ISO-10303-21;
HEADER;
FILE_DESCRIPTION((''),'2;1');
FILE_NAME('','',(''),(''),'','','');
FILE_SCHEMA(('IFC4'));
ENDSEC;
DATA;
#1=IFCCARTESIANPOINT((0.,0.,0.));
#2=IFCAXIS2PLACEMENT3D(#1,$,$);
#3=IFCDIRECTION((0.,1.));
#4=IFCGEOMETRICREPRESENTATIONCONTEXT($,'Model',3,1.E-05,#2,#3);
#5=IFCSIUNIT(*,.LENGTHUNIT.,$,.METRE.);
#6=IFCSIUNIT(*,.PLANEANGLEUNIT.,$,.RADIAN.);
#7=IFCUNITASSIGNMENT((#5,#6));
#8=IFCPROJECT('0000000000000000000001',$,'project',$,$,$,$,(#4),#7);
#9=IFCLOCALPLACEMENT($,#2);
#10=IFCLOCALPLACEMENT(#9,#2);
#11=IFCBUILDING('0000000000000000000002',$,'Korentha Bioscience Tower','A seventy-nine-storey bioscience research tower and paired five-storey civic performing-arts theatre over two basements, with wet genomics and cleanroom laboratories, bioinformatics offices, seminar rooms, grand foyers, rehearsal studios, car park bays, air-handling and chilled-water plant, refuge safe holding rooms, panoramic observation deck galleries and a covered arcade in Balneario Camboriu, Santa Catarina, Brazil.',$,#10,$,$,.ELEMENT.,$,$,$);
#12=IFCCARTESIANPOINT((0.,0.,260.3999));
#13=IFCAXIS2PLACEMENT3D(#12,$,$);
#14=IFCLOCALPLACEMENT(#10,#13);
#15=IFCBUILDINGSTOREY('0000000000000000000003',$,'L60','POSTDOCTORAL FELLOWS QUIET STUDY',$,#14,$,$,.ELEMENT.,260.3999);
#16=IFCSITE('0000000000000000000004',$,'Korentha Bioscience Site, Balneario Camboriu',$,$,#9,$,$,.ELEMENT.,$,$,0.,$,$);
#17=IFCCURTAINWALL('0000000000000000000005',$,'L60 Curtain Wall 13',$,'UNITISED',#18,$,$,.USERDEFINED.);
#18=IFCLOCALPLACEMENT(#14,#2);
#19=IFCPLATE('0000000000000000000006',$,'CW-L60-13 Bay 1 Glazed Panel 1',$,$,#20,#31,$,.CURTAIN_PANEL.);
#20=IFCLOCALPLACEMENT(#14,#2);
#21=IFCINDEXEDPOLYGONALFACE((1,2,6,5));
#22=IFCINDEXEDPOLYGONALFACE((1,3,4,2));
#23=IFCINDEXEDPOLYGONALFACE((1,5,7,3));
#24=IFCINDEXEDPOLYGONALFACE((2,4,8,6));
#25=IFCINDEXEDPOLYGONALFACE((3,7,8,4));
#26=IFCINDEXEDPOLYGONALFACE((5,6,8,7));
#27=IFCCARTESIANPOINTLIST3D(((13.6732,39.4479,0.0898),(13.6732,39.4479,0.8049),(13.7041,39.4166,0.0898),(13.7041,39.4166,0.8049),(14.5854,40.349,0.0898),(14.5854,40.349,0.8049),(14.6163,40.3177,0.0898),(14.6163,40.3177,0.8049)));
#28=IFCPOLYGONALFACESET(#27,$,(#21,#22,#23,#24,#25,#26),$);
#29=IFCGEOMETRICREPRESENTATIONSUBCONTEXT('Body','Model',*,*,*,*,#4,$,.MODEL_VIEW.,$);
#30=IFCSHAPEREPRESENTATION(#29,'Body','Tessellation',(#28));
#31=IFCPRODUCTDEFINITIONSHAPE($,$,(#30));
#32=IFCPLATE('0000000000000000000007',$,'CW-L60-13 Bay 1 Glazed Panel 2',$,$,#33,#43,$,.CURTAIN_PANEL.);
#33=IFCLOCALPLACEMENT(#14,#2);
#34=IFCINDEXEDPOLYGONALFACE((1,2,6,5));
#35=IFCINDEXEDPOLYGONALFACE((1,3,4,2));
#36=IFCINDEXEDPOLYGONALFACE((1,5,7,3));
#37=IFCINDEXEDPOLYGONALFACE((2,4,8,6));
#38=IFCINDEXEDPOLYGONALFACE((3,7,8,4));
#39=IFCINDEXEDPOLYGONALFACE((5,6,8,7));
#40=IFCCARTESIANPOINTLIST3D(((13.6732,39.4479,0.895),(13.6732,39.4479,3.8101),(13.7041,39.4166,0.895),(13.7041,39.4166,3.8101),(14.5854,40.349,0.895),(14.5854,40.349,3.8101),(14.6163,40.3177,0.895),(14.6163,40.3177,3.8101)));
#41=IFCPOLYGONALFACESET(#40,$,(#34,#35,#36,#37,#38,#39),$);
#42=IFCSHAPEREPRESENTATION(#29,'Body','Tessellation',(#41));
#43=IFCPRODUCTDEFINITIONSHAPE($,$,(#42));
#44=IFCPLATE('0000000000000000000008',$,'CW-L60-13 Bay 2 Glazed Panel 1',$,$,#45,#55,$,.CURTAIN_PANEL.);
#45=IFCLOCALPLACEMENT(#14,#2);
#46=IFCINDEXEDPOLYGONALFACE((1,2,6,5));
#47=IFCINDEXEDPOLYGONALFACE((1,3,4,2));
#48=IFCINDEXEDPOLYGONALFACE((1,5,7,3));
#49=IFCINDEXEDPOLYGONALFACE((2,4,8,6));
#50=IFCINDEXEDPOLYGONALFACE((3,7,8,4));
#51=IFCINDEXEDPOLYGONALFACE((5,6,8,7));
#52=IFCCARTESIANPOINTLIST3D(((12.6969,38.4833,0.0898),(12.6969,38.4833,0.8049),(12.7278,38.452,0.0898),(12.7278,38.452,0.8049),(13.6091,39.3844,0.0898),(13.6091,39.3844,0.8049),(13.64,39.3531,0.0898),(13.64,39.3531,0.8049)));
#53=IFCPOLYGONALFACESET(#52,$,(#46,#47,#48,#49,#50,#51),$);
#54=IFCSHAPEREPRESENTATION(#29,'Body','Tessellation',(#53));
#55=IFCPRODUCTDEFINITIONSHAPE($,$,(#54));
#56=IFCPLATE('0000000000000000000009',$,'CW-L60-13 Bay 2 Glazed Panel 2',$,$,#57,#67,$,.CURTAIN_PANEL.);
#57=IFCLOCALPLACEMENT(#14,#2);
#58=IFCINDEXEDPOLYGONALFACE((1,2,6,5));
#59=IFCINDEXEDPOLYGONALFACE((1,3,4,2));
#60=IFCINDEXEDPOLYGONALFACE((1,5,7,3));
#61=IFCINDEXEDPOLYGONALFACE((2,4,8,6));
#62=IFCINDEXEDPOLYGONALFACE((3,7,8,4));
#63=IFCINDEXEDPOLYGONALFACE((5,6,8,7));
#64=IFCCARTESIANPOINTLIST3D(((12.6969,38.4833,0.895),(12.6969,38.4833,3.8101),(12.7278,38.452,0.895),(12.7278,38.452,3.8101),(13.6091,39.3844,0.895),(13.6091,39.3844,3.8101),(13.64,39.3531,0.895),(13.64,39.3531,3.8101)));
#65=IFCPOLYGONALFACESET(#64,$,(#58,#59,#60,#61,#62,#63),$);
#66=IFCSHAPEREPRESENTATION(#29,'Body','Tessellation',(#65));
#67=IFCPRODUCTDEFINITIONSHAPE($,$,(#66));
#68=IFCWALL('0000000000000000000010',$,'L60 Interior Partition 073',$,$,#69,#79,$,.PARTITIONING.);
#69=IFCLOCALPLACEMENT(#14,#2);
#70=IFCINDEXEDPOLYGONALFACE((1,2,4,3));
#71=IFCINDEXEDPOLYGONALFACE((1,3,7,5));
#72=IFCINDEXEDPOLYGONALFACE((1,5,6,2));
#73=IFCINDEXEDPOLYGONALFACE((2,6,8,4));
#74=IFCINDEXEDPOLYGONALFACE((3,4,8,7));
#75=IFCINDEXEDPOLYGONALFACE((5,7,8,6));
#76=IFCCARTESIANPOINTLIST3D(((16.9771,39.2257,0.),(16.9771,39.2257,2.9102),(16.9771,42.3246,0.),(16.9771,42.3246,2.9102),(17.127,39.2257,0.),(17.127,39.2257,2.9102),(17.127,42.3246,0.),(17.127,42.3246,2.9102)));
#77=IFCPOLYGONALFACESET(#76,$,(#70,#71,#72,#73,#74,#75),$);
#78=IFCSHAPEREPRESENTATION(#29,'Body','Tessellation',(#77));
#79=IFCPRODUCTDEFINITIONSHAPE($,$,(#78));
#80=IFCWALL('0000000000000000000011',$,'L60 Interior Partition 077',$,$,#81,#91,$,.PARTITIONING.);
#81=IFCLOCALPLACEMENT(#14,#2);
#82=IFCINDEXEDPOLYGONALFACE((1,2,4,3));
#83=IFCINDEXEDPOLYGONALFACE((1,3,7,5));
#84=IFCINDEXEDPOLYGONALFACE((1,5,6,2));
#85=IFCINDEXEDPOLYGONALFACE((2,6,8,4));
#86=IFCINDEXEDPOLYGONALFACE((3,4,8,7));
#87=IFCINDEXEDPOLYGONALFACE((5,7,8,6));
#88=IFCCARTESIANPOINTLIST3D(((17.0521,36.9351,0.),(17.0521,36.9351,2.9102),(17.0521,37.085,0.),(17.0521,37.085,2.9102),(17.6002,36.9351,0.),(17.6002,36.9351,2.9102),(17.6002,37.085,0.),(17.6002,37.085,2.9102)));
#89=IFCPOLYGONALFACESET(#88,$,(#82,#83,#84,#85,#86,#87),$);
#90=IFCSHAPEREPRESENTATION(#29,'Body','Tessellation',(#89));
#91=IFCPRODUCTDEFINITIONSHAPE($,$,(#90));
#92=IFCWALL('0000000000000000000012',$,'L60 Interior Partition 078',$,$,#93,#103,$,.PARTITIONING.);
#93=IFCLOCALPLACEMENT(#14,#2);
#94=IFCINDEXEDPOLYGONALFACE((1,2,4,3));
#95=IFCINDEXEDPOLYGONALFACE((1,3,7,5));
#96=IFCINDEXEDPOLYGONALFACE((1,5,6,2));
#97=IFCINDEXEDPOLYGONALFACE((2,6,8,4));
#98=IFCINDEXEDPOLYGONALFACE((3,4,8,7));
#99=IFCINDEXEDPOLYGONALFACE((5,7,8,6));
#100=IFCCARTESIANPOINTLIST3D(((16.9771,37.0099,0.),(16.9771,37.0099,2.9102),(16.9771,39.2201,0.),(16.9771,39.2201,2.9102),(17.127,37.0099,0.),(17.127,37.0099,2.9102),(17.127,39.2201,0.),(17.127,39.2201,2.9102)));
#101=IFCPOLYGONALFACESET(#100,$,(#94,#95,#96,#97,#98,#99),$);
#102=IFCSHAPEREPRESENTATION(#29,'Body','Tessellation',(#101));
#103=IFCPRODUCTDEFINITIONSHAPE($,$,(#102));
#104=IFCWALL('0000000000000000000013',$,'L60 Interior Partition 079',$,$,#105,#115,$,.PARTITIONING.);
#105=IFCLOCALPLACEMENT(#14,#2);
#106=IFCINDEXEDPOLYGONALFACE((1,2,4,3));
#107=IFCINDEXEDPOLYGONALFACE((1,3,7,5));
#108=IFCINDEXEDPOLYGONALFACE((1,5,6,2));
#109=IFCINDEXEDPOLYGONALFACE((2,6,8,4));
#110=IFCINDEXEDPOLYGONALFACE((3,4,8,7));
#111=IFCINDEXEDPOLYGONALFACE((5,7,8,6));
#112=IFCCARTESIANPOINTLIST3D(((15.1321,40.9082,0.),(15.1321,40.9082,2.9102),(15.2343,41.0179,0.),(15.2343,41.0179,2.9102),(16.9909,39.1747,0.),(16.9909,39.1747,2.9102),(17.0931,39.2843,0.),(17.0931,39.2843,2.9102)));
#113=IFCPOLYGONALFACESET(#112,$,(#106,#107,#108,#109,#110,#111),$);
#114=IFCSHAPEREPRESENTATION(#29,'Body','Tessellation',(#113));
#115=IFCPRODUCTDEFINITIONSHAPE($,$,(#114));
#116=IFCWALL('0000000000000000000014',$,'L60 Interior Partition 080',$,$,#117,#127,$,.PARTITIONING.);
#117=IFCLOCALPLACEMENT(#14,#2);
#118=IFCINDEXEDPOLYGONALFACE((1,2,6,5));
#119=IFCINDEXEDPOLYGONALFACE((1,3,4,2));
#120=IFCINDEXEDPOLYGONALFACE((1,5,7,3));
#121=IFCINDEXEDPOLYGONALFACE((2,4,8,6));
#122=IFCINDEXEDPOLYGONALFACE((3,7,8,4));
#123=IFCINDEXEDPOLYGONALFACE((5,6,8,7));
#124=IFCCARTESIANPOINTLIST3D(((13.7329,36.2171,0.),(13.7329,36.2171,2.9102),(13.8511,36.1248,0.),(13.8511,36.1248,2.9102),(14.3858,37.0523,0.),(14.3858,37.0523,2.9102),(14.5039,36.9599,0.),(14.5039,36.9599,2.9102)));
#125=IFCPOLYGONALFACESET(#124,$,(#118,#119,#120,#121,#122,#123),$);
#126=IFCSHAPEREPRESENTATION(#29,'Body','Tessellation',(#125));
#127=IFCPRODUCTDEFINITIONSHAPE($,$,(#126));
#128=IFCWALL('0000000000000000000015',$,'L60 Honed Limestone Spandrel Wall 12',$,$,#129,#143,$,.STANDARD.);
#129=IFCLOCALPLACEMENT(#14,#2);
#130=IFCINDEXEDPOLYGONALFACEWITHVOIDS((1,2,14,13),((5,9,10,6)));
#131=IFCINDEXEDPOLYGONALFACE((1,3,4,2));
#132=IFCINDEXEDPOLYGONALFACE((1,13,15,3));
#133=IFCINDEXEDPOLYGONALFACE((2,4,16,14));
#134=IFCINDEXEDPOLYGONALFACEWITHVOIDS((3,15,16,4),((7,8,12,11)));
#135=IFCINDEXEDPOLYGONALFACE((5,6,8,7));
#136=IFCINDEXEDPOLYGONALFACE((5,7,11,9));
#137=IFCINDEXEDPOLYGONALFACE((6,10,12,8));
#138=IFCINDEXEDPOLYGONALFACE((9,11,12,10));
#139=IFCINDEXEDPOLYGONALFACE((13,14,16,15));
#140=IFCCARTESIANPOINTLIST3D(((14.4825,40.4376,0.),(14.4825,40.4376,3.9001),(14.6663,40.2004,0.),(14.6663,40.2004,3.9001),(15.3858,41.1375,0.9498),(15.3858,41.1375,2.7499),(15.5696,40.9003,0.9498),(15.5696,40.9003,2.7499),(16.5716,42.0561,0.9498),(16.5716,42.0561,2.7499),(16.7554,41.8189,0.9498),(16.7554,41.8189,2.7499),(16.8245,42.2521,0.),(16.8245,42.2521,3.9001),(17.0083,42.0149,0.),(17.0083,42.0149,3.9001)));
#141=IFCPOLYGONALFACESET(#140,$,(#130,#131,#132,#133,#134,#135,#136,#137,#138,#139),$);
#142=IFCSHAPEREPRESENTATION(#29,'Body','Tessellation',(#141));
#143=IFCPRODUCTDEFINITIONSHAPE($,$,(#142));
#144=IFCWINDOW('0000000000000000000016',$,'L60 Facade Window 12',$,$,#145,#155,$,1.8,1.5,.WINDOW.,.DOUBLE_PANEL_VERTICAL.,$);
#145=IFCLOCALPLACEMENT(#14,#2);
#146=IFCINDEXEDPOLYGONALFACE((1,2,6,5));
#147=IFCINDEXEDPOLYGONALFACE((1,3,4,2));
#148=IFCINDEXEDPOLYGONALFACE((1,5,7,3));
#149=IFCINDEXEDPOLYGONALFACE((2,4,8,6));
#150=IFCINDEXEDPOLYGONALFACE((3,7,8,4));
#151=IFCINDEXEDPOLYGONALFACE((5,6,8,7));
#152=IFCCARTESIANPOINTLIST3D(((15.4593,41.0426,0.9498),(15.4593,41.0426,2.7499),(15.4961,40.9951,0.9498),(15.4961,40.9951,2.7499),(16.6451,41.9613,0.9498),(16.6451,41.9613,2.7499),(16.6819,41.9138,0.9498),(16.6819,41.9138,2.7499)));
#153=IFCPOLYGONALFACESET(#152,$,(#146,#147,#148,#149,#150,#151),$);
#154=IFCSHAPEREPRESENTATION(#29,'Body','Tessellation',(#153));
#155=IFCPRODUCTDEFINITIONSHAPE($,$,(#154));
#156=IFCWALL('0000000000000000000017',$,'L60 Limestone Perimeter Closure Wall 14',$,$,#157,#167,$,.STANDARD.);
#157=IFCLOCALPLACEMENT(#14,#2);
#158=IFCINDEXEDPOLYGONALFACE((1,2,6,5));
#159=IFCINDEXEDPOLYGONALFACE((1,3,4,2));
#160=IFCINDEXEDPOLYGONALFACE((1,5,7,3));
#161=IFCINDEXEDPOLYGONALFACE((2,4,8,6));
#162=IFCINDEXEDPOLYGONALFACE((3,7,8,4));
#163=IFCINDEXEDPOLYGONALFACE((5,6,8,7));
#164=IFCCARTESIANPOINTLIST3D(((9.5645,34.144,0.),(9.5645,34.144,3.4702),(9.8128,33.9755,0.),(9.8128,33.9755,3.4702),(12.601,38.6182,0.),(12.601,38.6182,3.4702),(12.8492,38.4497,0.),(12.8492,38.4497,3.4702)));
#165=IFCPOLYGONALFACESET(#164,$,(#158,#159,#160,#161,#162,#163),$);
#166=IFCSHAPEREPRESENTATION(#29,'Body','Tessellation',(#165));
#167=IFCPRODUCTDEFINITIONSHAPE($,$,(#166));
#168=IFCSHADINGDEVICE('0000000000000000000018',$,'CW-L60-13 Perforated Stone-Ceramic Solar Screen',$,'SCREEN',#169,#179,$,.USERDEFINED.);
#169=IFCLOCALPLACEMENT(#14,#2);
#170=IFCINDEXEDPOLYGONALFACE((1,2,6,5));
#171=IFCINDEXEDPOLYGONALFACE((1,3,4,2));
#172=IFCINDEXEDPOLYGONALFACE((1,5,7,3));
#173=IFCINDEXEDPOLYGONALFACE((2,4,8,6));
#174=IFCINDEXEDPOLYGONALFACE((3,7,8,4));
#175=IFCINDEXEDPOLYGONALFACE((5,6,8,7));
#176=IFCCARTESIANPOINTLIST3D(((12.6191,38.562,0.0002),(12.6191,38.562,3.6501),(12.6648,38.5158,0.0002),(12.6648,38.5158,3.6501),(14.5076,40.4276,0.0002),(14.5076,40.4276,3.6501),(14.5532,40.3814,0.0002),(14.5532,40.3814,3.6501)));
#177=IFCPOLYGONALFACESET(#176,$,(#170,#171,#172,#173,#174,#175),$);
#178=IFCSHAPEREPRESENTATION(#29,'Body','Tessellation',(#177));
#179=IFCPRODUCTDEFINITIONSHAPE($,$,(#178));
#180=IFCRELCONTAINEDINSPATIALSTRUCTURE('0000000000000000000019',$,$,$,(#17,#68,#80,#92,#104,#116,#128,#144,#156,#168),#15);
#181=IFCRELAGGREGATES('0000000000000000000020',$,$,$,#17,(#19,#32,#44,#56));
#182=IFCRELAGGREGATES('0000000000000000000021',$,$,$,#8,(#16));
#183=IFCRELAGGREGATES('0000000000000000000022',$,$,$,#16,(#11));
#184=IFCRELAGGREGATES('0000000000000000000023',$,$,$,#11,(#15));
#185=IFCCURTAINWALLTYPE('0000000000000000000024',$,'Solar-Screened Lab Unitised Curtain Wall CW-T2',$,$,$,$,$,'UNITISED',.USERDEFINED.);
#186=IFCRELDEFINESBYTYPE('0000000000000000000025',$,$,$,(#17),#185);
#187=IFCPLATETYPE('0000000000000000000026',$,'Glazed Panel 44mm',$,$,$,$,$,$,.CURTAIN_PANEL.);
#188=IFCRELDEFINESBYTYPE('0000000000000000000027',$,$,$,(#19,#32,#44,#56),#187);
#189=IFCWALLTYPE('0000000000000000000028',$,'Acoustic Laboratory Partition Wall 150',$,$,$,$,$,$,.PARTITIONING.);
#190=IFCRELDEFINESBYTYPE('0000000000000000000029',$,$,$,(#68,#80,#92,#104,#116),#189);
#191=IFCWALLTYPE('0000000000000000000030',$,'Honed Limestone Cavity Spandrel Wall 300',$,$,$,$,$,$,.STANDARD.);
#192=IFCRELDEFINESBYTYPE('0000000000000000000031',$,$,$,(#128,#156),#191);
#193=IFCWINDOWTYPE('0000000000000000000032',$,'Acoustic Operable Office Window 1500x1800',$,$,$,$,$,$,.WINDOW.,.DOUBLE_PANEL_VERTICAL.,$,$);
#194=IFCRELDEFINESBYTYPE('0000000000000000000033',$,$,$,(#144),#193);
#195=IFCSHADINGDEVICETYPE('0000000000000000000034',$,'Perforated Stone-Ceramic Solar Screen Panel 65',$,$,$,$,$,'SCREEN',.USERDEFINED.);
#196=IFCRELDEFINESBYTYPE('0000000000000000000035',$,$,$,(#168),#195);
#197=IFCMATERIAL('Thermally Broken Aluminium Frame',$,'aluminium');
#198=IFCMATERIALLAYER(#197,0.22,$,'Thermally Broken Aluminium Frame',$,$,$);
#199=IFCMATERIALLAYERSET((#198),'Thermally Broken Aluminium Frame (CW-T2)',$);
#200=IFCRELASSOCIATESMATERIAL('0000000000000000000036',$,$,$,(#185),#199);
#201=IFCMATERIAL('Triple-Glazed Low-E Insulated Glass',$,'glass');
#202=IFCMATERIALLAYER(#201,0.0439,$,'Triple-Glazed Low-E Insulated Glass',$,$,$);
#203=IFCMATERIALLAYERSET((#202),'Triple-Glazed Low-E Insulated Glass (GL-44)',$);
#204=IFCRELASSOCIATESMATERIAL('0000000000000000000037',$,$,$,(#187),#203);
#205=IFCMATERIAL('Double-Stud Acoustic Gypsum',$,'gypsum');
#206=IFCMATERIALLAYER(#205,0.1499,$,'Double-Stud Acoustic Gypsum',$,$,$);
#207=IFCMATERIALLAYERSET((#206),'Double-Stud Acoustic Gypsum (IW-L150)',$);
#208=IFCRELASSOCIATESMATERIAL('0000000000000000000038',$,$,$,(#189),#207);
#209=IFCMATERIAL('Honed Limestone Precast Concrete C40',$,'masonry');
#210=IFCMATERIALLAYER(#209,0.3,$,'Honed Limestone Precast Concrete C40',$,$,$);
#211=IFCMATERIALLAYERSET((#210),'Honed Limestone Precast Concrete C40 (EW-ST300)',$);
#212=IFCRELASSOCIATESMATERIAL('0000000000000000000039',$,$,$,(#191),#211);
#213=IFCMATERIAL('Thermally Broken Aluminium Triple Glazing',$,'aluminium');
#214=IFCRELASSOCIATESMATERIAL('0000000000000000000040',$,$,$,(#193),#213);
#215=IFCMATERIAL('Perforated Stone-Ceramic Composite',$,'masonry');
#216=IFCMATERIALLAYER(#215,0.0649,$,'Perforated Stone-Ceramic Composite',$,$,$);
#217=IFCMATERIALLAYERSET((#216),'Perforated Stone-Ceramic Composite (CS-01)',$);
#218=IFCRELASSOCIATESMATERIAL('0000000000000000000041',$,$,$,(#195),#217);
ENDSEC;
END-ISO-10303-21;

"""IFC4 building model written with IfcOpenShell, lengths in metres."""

from ifc_helpers import new_model, si_unit, direction, frame, frame_2d, origin, origin_2d, place, context, subcontext, project, spatial, rectangle, extrude, material, layer, layer_set, type_object, element, fill, aggregate, save


model = new_model("IFC4")

# Units and contexts
model_context = context("Model", 3, precision=1e-05, world=origin(), true_north=direction((0.0, 1.0)))
body_context = subcontext(model_context, "Body", "Model", "MODEL_VIEW")
ifc_project = project(units=[si_unit("LENGTHUNIT", "METRE"), si_unit("PLANEANGLEUNIT", "RADIAN")], contexts=[model_context])

# Site, building, storey
site_placement = place(None, origin())
site = spatial("IfcSite", under=ifc_project, at=site_placement, Name="Korentha Bioscience Site, Balneario Camboriu", CompositionType="ELEMENT", RefElevation=0.0)
building_placement = place(site_placement, origin())
building = spatial("IfcBuilding", under=site, at=building_placement, Name="Korentha Bioscience Tower", Description="A seventy-nine-storey bioscience research tower and paired five-storey civic performing-arts theatre over two basements, with wet genomics and cleanroom laboratories, bioinformatics offices, seminar rooms, grand foyers, rehearsal studios, car park bays, air-handling and chilled-water plant, refuge safe holding rooms, panoramic observation deck galleries and a covered arcade in Balneario Camboriu, Santa Catarina, Brazil.", CompositionType="ELEMENT")
storey_placement = place(building_placement, frame((0.0, 0.0, 260.3999)))
storey = spatial("IfcBuildingStorey", under=building, at=storey_placement, Name="L60", Description="POSTDOCTORAL FELLOWS QUIET STUDY", CompositionType="ELEMENT", Elevation=260.3999)

# Curtain wall
ifc_material_1 = material(Name="Thermally Broken Aluminium Frame", Category="aluminium")
ifc_layer_1 = layer(ifc_material_1, 0.22, Name="Thermally Broken Aluminium Frame")
ifc_layer_set_1 = layer_set([ifc_layer_1], Name="Thermally Broken Aluminium Frame (CW-T2)")
curtain_wall_type = type_object("IfcCurtainWallType", Name="Solar-Screened Lab Unitised Curtain Wall CW-T2", ElementType="UNITISED", PredefinedType="USERDEFINED", material=ifc_layer_set_1)
curtain_wall_placement = place(storey_placement, origin())
curtain_wall = element("IfcCurtainWall", 1, at=curtain_wall_placement, inside=storey, type_object=curtain_wall_type, Name="L60 Curtain Wall 13", ObjectType="UNITISED", PredefinedType="USERDEFINED")

# Plates
ifc_material_2 = material(Name="Triple-Glazed Low-E Insulated Glass", Category="glass")
ifc_layer_2 = layer(ifc_material_2, 0.0439, Name="Triple-Glazed Low-E Insulated Glass")
ifc_layer_set_2 = layer_set([ifc_layer_2], Name="Triple-Glazed Low-E Insulated Glass (GL-44)")
plate_type = type_object("IfcPlateType", Name="Glazed Panel 44mm", PredefinedType="CURTAIN_PANEL", material=ifc_layer_set_2)
plate_1_placement = place(storey_placement, frame((14.1448, 39.8828, 0.0898), z_axis=(0.0, 0.0, 1.0), x_axis=(-0.711398, -0.70279, 0.0)))
plate_1 = element("IfcPlate", 2, at=plate_1_placement, type_object=plate_type, Name="CW-L60-13 Bay 1 Glazed Panel 1", PredefinedType="CURTAIN_PANEL", context=body_context, shape_type="SweptSolid", body=[
    extrude(rectangle(XDim=1.2822, YDim=0.0439, at=origin_2d()), origin(), (0.0, 0.0, 1.0), 0.7151),
])
plate_2_placement = place(storey_placement, frame((14.1448, 39.8828, 0.895), z_axis=(0.0, 0.0, 1.0), x_axis=(-0.711398, -0.70279, 0.0)))
plate_2 = element("IfcPlate", 3, at=plate_2_placement, type_object=plate_type, Name="CW-L60-13 Bay 1 Glazed Panel 2", PredefinedType="CURTAIN_PANEL", context=body_context, shape_type="SweptSolid", body=[
    extrude(rectangle(XDim=1.2822, YDim=0.0439, at=origin_2d()), origin(), (0.0, 0.0, 1.0), 2.915),
])
plate_3_placement = place(storey_placement, frame((13.1685, 38.9182, 0.0898), z_axis=(0.0, 0.0, 1.0), x_axis=(-0.711398, -0.70279, 0.0)))
plate_3 = element("IfcPlate", 4, at=plate_3_placement, type_object=plate_type, Name="CW-L60-13 Bay 2 Glazed Panel 1", PredefinedType="CURTAIN_PANEL", context=body_context, shape_type="SweptSolid", body=[
    extrude(rectangle(XDim=1.2822, YDim=0.0439, at=origin_2d()), origin(), (0.0, 0.0, 1.0), 0.7151),
])
plate_4_placement = place(storey_placement, frame((13.1685, 38.9182, 0.895), z_axis=(0.0, 0.0, 1.0), x_axis=(-0.711398, -0.70279, 0.0)))
plate_4 = element("IfcPlate", 5, at=plate_4_placement, type_object=plate_type, Name="CW-L60-13 Bay 2 Glazed Panel 2", PredefinedType="CURTAIN_PANEL", context=body_context, shape_type="SweptSolid", body=[
    extrude(rectangle(XDim=1.2822, YDim=0.0439, at=origin_2d()), origin(), (0.0, 0.0, 1.0), 2.915),
])
aggregate(curtain_wall, [plate_1, plate_2, plate_3, plate_4])

# Shared definitions
ifc_material_3 = material(Name="Double-Stud Acoustic Gypsum", Category="gypsum")
ifc_layer_3 = layer(ifc_material_3, 0.1499, Name="Double-Stud Acoustic Gypsum")
ifc_layer_set_3 = layer_set([ifc_layer_3], Name="Double-Stud Acoustic Gypsum (IW-L150)")
wall_type_1 = type_object("IfcWallType", Name="Acoustic Laboratory Partition Wall 150", PredefinedType="PARTITIONING", material=ifc_layer_set_3)

# Walls
wall_1_placement = place(storey_placement, frame((17.052, 39.2258, 0.0), z_axis=(0.0, 0.0, 1.0), x_axis=(0.0, 1.0, 0.0)))
element("IfcWall", 6, at=wall_1_placement, inside=storey, type_object=wall_type_1, Name="L60 Interior Partition 073", PredefinedType="PARTITIONING", context=body_context, shape_type="SweptSolid", body=[
    extrude(rectangle(XDim=3.0989, YDim=0.1499, at=frame_2d((1.5493, 0.0))), origin(), (0.0, 0.0, 1.0), 2.9102),
])
wall_2_placement = place(storey_placement, frame((17.6001, 37.01, 0.0), z_axis=(0.0, 0.0, 1.0), x_axis=(-1.0, 0.0, 0.0)))
element("IfcWall", 7, at=wall_2_placement, inside=storey, type_object=wall_type_1, Name="L60 Interior Partition 077", PredefinedType="PARTITIONING", context=body_context, shape_type="SweptSolid", body=[
    extrude(rectangle(XDim=0.5481, YDim=0.1499, at=frame_2d((0.2739, 0.0))), origin(), (0.0, 0.0, 1.0), 2.9102),
])
wall_3_placement = place(storey_placement, frame((17.052, 37.01, 0.0), z_axis=(0.0, 0.0, 1.0), x_axis=(0.0, 1.0, 0.0)))
element("IfcWall", 8, at=wall_3_placement, inside=storey, type_object=wall_type_1, Name="L60 Interior Partition 078", PredefinedType="PARTITIONING", context=body_context, shape_type="SweptSolid", body=[
    extrude(rectangle(XDim=2.2102, YDim=0.1499, at=frame_2d((1.105, 0.0))), origin(), (0.0, 0.0, 1.0), 2.9102),
])
wall_4_placement = place(storey_placement, frame((15.1831, 40.9631, 0.0), z_axis=(0.0, 0.0, 1.0), x_axis=(0.731314, -0.682041, 0.0)))
element("IfcWall", 9, at=wall_4_placement, inside=storey, type_object=wall_type_1, Name="L60 Interior Partition 079", PredefinedType="PARTITIONING", context=body_context, shape_type="SweptSolid", body=[
    extrude(rectangle(XDim=2.5417, YDim=0.1499, at=frame_2d((1.271, 0.0))), origin(), (0.0, 0.0, 1.0), 2.9102),
])
wall_5_placement = place(storey_placement, frame((14.4448, 37.0061, 0.0), z_axis=(0.0, 0.0, 1.0), x_axis=(-0.615836, -0.787874, 0.0)))
element("IfcWall", 10, at=wall_5_placement, inside=storey, type_object=wall_type_1, Name="L60 Interior Partition 080", PredefinedType="PARTITIONING", context=body_context, shape_type="SweptSolid", body=[
    extrude(rectangle(XDim=1.0601, YDim=0.1499, at=frame_2d((0.53, 0.0))), origin(), (0.0, 0.0, 1.0), 2.9102),
])

# Wall, opening, window
ifc_material_4 = material(Name="Honed Limestone Precast Concrete C40", Category="masonry")
ifc_layer_4 = layer(ifc_material_4, 0.3, Name="Honed Limestone Precast Concrete C40")
ifc_layer_set_4 = layer_set([ifc_layer_4], Name="Honed Limestone Precast Concrete C40 (EW-ST300)")
wall_type_2 = type_object("IfcWallType", Name="Honed Limestone Cavity Spandrel Wall 300", PredefinedType="STANDARD", material=ifc_layer_set_4)
wall_6_placement = place(storey_placement, frame((16.9165, 42.1335, 0.0), z_axis=(0.0, 0.0, 1.0), x_axis=(-0.790518, -0.612439, 0.0)))
wall_6 = element("IfcWall", 11, at=wall_6_placement, inside=storey, type_object=wall_type_2, Name="L60 Honed Limestone Spandrel Wall 12", PredefinedType="STANDARD", context=body_context, shape_type="SweptSolid", body=[
    extrude(rectangle(XDim=2.9626, YDim=0.3, at=frame_2d((1.4814, 0.0))), origin(), (0.0, 0.0, 1.0), 3.9001),
])
opening_1_placement = place(wall_6_placement, frame((0.3201, 0.0, 0.95)))
opening_1 = element("IfcOpeningElement", 12, at=opening_1_placement, cuts=wall_6, PredefinedType="OPENING", context=body_context, shape_type="SweptSolid", body=[
    extrude(rectangle(XDim=1.5, YDim=1.8, at=frame_2d((0.75, 0.8999))), frame((0.0, 0.165, 0.0), z_axis=(0.0, -1.0, 0.0), x_axis=(1.0, 0.0, 0.0)), (0.0, 0.0, 1.0), 0.3298),
])
ifc_material_5 = material(Name="Thermally Broken Aluminium Triple Glazing", Category="aluminium")
window_type = type_object("IfcWindowType", Name="Acoustic Operable Office Window 1500x1800", PartitioningType="DOUBLE_PANEL_VERTICAL", PredefinedType="WINDOW", material=ifc_material_5)
window_placement = place(opening_1_placement, origin())
window = element("IfcWindow", 13, at=window_placement, inside=storey, type_object=window_type, Name="L60 Facade Window 12", OverallHeight=1.8, OverallWidth=1.5, PartitioningType="DOUBLE_PANEL_VERTICAL", PredefinedType="WINDOW", context=body_context, shape_type="SweptSolid", body=[
    extrude(rectangle(XDim=1.5, YDim=1.8, at=frame_2d((0.75, 0.8999))), frame((0.0, 0.03, 0.0), z_axis=(0.0, -1.0, 0.0), x_axis=(1.0, 0.0, 0.0)), (0.0, 0.0, 1.0), 0.0601),
])
fill(opening_1, window)

# Wall
wall_7_placement = place(storey_placement, frame((12.7251, 38.5339, 0.0), z_axis=(0.0, 0.0, 1.0), x_axis=(-0.561548, -0.827444, 0.0)))
element("IfcWall", 14, at=wall_7_placement, inside=storey, type_object=wall_type_2, Name="L60 Limestone Perimeter Closure Wall 14", PredefinedType="STANDARD", context=body_context, shape_type="SweptSolid", body=[
    extrude(rectangle(XDim=5.4072, YDim=0.3, at=frame_2d((2.7036, 0.0))), origin(), (0.0, 0.0, 1.0), 3.4702),
])

# Shading device
ifc_material_6 = material(Name="Perforated Stone-Ceramic Composite", Category="masonry")
ifc_layer_5 = layer(ifc_material_6, 0.0649, Name="Perforated Stone-Ceramic Composite")
ifc_layer_set_5 = layer_set([ifc_layer_5], Name="Perforated Stone-Ceramic Composite (CS-01)")
shading_device_type_1 = type_object("IfcShadingDeviceType", Name="Perforated Stone-Ceramic Solar Screen Panel 65", ElementType="SCREEN", PredefinedType="USERDEFINED", material=ifc_layer_set_5)
shading_device_1_placement = place(storey_placement, frame((13.5862, 39.4717, 0.0002), z_axis=(0.0, 0.0, 1.0), x_axis=(-0.711398, -0.70279, 0.0)))
element("IfcShadingDevice", 15, at=shading_device_1_placement, inside=storey, type_object=shading_device_type_1, Name="CW-L60-13 Perforated Stone-Ceramic Solar Screen", ObjectType="SCREEN", PredefinedType="USERDEFINED", context=body_context, shape_type="SweptSolid", body=[
    extrude(rectangle(XDim=2.6545, YDim=0.0649, at=origin_2d()), origin(), (0.0, 0.0, 1.0), 3.6499),
])

save(model, "model.ifc")
